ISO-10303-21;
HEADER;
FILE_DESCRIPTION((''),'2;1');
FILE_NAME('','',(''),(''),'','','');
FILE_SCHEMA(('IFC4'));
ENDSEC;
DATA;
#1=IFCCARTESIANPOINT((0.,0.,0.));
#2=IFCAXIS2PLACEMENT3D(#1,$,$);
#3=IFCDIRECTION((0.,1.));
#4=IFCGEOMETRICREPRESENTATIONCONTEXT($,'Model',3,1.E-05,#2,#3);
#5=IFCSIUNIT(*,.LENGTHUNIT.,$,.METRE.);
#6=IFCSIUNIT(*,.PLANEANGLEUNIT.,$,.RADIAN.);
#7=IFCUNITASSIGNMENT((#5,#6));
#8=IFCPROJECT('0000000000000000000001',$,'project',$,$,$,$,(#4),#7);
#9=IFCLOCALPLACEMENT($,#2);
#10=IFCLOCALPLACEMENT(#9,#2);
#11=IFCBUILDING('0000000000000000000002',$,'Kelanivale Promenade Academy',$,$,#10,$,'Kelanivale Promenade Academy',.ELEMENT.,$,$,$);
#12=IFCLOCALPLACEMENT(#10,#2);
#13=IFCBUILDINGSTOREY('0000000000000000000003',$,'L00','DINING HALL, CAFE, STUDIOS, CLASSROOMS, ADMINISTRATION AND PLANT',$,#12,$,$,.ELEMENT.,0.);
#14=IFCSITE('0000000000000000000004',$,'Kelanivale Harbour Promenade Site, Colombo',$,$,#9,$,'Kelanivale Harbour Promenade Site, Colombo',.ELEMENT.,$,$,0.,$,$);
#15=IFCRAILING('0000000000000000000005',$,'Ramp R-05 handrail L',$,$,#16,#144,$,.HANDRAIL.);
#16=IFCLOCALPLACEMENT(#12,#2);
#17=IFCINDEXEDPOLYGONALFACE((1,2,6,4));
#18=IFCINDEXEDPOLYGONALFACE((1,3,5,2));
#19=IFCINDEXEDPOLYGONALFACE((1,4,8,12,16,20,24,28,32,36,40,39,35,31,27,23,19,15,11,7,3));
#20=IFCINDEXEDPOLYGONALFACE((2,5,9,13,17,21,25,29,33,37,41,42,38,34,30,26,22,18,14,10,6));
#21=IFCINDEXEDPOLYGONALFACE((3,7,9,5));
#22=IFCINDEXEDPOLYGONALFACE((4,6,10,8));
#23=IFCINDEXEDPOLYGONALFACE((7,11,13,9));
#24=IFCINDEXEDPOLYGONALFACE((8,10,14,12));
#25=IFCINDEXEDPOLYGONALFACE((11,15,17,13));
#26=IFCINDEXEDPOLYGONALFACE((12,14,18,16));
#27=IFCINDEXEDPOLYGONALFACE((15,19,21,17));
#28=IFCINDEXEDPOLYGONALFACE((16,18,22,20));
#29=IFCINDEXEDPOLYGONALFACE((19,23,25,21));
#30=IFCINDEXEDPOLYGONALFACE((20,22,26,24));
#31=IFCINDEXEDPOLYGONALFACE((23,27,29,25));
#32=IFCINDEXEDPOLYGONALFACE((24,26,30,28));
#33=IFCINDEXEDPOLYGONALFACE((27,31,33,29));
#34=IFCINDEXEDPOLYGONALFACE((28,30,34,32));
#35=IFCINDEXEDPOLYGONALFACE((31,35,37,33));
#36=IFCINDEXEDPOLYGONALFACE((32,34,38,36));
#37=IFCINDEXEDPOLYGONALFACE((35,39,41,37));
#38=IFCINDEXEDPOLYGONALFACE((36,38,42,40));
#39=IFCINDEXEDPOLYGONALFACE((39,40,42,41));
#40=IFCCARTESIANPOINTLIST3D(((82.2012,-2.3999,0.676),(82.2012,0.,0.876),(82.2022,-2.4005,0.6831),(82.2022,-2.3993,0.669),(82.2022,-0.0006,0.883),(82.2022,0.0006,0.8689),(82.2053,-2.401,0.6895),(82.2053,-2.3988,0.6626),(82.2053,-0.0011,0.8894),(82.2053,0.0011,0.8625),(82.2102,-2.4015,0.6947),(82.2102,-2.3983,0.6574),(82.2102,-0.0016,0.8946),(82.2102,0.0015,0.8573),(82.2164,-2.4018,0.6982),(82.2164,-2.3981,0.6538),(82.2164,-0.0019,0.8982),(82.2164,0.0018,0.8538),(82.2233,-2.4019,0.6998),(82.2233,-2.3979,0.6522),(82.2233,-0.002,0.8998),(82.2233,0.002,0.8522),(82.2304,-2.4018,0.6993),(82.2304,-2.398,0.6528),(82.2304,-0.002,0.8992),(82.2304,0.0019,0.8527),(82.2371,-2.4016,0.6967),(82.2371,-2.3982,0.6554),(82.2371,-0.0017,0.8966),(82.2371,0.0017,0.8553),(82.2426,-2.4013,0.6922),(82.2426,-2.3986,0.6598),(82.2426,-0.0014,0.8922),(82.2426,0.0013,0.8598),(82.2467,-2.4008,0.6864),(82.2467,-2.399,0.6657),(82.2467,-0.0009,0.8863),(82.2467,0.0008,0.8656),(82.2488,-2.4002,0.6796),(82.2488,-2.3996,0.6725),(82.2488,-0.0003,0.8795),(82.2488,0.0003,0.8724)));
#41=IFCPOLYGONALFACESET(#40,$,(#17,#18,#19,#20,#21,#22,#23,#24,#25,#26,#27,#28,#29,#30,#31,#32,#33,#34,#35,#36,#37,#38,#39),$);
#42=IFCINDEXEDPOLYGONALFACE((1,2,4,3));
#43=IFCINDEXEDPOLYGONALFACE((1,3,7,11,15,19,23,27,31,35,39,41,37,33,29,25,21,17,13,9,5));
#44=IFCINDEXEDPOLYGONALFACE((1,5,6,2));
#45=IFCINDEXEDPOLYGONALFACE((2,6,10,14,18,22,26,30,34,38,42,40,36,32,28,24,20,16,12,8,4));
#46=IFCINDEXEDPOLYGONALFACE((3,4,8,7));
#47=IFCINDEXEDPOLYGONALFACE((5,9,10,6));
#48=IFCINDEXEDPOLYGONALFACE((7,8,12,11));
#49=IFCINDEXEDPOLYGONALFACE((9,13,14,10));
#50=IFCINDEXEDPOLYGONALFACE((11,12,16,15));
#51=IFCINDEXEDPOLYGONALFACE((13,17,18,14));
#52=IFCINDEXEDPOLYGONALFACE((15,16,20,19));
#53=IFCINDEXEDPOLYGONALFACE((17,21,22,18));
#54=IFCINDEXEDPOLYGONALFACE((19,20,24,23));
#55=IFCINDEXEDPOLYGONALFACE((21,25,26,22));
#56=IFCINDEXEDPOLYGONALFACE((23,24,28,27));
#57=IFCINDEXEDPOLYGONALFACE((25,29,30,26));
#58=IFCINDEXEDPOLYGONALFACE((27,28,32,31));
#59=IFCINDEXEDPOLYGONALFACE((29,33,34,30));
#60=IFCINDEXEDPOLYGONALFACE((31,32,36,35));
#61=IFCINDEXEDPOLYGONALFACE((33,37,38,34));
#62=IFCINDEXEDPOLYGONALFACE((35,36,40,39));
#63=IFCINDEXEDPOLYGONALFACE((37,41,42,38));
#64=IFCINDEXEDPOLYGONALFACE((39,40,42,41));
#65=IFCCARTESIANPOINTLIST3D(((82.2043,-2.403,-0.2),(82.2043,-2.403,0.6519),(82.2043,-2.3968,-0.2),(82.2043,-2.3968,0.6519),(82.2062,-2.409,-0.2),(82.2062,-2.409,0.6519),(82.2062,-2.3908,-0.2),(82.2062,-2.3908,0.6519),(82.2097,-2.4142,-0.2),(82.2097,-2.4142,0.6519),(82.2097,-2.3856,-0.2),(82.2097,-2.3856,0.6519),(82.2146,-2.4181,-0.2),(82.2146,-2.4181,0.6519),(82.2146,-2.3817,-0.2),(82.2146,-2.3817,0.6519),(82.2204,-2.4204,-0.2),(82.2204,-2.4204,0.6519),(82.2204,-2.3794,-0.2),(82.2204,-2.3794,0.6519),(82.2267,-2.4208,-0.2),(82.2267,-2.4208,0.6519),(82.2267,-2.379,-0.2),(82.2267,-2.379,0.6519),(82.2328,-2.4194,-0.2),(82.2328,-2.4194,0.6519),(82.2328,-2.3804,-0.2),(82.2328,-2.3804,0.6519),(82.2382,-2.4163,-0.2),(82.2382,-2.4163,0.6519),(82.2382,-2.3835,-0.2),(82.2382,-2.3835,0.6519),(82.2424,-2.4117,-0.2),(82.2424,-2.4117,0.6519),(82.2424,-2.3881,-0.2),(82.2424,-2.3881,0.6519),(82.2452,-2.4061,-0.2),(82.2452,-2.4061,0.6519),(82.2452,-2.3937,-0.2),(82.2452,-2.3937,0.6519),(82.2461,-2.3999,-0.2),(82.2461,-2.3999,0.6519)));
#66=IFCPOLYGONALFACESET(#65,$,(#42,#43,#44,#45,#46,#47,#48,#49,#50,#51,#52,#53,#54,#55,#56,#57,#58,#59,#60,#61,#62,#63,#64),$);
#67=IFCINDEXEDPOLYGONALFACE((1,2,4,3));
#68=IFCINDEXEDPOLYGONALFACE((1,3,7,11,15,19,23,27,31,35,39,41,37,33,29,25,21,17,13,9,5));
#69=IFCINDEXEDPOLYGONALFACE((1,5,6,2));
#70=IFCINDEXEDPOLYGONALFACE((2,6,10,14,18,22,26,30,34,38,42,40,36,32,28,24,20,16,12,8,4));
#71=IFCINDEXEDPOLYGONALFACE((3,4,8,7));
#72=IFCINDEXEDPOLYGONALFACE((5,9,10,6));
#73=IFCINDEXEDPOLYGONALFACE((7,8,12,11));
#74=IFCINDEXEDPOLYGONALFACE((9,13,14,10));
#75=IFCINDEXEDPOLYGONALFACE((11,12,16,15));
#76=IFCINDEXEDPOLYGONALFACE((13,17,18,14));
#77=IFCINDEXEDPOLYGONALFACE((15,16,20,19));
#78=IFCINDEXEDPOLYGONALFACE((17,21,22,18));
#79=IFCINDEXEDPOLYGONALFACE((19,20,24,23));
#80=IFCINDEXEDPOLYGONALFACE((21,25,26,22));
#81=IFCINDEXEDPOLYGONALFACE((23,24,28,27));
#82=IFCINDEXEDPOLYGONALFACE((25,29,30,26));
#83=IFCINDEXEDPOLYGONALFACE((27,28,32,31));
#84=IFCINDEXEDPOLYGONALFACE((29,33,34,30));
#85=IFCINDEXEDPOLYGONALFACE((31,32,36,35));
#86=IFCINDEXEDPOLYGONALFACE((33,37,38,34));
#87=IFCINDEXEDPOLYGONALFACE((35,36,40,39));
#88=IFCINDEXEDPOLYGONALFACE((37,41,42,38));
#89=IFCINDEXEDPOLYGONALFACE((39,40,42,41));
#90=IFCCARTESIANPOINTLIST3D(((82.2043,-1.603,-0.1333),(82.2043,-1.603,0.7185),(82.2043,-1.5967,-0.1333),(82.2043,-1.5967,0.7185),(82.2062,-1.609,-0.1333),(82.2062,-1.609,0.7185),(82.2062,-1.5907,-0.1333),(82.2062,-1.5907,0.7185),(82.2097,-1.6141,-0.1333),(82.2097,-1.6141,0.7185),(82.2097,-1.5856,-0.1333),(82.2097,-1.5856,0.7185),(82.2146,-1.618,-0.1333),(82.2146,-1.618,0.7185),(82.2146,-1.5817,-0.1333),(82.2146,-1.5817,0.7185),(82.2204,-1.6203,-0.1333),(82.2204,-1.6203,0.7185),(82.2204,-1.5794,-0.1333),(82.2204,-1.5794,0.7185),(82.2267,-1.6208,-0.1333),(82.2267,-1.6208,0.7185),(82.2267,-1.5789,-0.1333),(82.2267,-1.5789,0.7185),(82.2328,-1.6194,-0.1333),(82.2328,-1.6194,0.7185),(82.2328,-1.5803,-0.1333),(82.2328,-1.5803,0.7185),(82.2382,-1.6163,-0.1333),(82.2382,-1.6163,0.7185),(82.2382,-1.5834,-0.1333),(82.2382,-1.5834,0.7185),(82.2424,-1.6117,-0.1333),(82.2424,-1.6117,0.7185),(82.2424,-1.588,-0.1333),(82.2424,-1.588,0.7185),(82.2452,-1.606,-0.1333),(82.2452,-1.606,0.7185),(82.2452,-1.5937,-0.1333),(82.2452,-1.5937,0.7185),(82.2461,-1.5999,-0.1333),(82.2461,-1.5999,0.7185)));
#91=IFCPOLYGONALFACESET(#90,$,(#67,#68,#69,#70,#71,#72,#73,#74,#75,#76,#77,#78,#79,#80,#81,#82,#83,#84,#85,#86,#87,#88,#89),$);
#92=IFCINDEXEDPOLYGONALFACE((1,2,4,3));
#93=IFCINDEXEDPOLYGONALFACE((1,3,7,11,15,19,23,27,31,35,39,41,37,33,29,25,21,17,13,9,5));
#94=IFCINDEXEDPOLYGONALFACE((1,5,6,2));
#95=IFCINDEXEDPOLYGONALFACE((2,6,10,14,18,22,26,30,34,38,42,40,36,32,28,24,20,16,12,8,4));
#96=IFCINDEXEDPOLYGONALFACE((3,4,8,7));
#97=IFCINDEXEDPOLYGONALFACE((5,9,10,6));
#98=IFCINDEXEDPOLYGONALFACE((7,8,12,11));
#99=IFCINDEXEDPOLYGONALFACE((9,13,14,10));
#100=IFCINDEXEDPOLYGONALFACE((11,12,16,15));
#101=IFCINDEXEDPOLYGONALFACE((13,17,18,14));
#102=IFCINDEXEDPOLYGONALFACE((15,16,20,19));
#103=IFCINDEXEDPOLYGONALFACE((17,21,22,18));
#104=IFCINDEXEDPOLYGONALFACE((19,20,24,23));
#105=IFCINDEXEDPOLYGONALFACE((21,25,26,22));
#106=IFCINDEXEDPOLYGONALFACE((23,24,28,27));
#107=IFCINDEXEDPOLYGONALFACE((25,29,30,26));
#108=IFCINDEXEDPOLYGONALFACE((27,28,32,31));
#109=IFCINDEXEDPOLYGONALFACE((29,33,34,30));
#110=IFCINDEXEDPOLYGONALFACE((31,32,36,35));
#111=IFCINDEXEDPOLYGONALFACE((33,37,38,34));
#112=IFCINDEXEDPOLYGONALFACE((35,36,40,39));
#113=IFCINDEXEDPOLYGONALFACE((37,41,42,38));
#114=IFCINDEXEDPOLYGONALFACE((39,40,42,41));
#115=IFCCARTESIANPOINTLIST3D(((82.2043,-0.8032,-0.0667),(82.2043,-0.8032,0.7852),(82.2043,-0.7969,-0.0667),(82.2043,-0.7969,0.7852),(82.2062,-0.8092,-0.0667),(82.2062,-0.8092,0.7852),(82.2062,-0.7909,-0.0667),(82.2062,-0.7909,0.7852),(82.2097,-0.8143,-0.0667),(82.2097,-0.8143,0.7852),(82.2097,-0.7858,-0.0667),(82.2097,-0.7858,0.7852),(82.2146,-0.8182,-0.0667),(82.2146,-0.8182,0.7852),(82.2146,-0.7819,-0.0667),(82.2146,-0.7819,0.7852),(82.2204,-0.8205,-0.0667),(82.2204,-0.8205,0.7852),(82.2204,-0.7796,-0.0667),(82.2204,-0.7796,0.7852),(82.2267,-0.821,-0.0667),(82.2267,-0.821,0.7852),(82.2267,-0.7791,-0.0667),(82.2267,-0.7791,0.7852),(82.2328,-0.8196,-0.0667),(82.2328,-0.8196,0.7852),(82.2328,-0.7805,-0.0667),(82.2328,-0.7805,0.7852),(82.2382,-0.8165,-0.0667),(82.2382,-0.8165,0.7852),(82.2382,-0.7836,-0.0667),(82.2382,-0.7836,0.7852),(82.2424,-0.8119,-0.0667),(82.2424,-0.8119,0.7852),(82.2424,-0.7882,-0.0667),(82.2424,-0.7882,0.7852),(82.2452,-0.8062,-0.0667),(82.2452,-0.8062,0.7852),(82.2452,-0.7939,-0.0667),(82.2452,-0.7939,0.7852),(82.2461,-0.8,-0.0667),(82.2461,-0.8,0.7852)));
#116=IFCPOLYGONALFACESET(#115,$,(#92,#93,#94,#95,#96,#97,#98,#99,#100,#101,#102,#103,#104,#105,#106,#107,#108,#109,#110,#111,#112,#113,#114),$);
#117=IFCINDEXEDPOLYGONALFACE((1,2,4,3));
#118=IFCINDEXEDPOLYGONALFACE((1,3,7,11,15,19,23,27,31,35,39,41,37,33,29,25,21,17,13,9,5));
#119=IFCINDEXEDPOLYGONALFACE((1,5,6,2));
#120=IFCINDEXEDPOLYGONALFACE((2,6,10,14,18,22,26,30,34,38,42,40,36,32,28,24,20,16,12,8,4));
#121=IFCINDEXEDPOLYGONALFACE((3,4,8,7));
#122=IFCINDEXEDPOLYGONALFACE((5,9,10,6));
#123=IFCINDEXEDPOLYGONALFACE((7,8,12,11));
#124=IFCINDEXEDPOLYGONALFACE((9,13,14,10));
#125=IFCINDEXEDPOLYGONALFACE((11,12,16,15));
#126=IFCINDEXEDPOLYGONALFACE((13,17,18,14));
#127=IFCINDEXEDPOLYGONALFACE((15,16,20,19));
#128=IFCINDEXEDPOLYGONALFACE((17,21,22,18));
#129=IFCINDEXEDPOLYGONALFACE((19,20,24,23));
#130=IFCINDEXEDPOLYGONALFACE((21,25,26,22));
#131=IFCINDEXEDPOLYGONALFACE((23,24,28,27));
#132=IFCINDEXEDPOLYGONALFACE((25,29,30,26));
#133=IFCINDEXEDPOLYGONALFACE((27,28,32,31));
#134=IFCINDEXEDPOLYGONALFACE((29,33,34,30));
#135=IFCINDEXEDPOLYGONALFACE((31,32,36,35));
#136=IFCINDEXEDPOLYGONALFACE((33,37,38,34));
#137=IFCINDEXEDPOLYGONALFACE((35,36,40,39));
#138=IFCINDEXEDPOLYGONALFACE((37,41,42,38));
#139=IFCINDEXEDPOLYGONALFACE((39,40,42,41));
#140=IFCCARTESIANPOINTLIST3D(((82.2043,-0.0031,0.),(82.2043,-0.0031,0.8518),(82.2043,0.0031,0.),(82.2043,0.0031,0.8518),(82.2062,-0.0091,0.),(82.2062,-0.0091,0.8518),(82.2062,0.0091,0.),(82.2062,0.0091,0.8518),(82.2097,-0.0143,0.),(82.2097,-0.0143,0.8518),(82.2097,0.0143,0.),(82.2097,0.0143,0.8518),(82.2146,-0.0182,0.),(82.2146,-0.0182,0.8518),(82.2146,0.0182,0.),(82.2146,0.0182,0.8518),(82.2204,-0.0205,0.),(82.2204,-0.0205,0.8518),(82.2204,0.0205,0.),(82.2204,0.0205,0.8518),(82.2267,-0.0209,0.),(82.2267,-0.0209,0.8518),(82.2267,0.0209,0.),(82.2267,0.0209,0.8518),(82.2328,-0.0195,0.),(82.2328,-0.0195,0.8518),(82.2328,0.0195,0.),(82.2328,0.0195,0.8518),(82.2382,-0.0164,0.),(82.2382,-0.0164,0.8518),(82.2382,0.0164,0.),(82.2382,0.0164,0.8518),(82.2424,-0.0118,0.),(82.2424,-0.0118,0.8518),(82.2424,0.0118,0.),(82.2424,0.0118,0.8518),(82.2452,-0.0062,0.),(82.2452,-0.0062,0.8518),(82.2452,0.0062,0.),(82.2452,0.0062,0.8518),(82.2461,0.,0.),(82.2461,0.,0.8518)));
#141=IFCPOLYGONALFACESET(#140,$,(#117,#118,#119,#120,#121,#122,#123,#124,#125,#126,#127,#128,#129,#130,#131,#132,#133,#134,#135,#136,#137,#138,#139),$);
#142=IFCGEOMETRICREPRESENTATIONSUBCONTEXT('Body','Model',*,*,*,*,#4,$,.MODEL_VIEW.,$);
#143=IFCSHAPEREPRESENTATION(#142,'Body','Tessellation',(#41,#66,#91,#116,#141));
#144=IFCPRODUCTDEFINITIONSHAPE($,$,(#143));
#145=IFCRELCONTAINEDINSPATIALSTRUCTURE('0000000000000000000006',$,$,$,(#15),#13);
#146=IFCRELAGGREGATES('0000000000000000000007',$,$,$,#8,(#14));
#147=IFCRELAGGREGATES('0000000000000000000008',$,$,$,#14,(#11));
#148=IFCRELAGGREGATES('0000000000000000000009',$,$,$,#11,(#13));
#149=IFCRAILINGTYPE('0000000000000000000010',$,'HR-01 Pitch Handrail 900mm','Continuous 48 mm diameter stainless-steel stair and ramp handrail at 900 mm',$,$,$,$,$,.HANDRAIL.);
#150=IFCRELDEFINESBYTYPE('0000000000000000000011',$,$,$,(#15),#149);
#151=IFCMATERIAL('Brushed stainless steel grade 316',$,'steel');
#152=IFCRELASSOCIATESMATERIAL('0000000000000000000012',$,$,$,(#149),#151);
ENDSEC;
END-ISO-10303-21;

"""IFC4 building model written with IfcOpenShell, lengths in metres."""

from ifc_helpers import new_model, si_unit, direction, frame, origin, origin_2d, place, context, subcontext, project, spatial, circle, extrude, material, type_object, element, save


model = new_model("IFC4")

# Units and contexts
model_context = context("Model", 3, precision=1e-05, world=origin(), true_north=direction((0.0, 1.0)))
body_context = subcontext(model_context, "Body", "Model", "MODEL_VIEW")
ifc_project = project(units=[si_unit("LENGTHUNIT", "METRE"), si_unit("PLANEANGLEUNIT", "RADIAN")], contexts=[model_context])

# Site, building, storey
site_placement = place(None, origin())
site = spatial("IfcSite", under=ifc_project, at=site_placement, Name="Kelanivale Harbour Promenade Site, Colombo", LongName="Kelanivale Harbour Promenade Site, Colombo", CompositionType="ELEMENT", RefElevation=0.0)
building_placement = place(site_placement, origin())
building = spatial("IfcBuilding", under=site, at=building_placement, Name="Kelanivale Promenade Academy", LongName="Kelanivale Promenade Academy", CompositionType="ELEMENT")
storey_placement = place(building_placement, origin())
storey = spatial("IfcBuildingStorey", under=building, at=storey_placement, Name="L00", Description="DINING HALL, CAFE, STUDIOS, CLASSROOMS, ADMINISTRATION AND PLANT", CompositionType="ELEMENT", Elevation=0.0)

# Railing
ifc_material_1 = material(Name="Brushed stainless steel grade 316", Category="steel")
railing_type = type_object("IfcRailingType", Name="HR-01 Pitch Handrail 900mm", Description="Continuous 48 mm diameter stainless-steel stair and ramp handrail at 900 mm", PredefinedType="HANDRAIL", material=ifc_material_1)
for number, where, name in (
    (1, (82.2251, -2.3999, -0.2), "Ramp R-05 handrail L"),
):
    element("IfcRailing", number, at=place(storey_placement, frame(where)), inside=storey, type_object=railing_type, Name=name, PredefinedType="HANDRAIL", context=body_context, shape_type="SweptSolid", body=[
        extrude(circle(Radius=0.0239, at=origin_2d()), frame((0.0, 0.0, 0.876), z_axis=(0.0, 0.996547, 0.083029), x_axis=(-1.0, 0.0, 0.0)), (0.0, 0.0, 1.0), 2.4082),
        extrude(circle(Radius=0.021, at=origin_2d()), origin(), (0.0, 0.0, 1.0), 0.8518),
        extrude(circle(Radius=0.021, at=origin_2d()), frame((0.0, 0.8, 0.0667)), (0.0, 0.0, 1.0), 0.8518),
        extrude(circle(Radius=0.021, at=origin_2d()), frame((0.0, 1.5999, 0.1333)), (0.0, 0.0, 1.0), 0.8518),
        extrude(circle(Radius=0.021, at=origin_2d()), frame((0.0, 2.3999, 0.2)), (0.0, 0.0, 1.0), 0.8518),
    ])

save(model, "model.ifc")
